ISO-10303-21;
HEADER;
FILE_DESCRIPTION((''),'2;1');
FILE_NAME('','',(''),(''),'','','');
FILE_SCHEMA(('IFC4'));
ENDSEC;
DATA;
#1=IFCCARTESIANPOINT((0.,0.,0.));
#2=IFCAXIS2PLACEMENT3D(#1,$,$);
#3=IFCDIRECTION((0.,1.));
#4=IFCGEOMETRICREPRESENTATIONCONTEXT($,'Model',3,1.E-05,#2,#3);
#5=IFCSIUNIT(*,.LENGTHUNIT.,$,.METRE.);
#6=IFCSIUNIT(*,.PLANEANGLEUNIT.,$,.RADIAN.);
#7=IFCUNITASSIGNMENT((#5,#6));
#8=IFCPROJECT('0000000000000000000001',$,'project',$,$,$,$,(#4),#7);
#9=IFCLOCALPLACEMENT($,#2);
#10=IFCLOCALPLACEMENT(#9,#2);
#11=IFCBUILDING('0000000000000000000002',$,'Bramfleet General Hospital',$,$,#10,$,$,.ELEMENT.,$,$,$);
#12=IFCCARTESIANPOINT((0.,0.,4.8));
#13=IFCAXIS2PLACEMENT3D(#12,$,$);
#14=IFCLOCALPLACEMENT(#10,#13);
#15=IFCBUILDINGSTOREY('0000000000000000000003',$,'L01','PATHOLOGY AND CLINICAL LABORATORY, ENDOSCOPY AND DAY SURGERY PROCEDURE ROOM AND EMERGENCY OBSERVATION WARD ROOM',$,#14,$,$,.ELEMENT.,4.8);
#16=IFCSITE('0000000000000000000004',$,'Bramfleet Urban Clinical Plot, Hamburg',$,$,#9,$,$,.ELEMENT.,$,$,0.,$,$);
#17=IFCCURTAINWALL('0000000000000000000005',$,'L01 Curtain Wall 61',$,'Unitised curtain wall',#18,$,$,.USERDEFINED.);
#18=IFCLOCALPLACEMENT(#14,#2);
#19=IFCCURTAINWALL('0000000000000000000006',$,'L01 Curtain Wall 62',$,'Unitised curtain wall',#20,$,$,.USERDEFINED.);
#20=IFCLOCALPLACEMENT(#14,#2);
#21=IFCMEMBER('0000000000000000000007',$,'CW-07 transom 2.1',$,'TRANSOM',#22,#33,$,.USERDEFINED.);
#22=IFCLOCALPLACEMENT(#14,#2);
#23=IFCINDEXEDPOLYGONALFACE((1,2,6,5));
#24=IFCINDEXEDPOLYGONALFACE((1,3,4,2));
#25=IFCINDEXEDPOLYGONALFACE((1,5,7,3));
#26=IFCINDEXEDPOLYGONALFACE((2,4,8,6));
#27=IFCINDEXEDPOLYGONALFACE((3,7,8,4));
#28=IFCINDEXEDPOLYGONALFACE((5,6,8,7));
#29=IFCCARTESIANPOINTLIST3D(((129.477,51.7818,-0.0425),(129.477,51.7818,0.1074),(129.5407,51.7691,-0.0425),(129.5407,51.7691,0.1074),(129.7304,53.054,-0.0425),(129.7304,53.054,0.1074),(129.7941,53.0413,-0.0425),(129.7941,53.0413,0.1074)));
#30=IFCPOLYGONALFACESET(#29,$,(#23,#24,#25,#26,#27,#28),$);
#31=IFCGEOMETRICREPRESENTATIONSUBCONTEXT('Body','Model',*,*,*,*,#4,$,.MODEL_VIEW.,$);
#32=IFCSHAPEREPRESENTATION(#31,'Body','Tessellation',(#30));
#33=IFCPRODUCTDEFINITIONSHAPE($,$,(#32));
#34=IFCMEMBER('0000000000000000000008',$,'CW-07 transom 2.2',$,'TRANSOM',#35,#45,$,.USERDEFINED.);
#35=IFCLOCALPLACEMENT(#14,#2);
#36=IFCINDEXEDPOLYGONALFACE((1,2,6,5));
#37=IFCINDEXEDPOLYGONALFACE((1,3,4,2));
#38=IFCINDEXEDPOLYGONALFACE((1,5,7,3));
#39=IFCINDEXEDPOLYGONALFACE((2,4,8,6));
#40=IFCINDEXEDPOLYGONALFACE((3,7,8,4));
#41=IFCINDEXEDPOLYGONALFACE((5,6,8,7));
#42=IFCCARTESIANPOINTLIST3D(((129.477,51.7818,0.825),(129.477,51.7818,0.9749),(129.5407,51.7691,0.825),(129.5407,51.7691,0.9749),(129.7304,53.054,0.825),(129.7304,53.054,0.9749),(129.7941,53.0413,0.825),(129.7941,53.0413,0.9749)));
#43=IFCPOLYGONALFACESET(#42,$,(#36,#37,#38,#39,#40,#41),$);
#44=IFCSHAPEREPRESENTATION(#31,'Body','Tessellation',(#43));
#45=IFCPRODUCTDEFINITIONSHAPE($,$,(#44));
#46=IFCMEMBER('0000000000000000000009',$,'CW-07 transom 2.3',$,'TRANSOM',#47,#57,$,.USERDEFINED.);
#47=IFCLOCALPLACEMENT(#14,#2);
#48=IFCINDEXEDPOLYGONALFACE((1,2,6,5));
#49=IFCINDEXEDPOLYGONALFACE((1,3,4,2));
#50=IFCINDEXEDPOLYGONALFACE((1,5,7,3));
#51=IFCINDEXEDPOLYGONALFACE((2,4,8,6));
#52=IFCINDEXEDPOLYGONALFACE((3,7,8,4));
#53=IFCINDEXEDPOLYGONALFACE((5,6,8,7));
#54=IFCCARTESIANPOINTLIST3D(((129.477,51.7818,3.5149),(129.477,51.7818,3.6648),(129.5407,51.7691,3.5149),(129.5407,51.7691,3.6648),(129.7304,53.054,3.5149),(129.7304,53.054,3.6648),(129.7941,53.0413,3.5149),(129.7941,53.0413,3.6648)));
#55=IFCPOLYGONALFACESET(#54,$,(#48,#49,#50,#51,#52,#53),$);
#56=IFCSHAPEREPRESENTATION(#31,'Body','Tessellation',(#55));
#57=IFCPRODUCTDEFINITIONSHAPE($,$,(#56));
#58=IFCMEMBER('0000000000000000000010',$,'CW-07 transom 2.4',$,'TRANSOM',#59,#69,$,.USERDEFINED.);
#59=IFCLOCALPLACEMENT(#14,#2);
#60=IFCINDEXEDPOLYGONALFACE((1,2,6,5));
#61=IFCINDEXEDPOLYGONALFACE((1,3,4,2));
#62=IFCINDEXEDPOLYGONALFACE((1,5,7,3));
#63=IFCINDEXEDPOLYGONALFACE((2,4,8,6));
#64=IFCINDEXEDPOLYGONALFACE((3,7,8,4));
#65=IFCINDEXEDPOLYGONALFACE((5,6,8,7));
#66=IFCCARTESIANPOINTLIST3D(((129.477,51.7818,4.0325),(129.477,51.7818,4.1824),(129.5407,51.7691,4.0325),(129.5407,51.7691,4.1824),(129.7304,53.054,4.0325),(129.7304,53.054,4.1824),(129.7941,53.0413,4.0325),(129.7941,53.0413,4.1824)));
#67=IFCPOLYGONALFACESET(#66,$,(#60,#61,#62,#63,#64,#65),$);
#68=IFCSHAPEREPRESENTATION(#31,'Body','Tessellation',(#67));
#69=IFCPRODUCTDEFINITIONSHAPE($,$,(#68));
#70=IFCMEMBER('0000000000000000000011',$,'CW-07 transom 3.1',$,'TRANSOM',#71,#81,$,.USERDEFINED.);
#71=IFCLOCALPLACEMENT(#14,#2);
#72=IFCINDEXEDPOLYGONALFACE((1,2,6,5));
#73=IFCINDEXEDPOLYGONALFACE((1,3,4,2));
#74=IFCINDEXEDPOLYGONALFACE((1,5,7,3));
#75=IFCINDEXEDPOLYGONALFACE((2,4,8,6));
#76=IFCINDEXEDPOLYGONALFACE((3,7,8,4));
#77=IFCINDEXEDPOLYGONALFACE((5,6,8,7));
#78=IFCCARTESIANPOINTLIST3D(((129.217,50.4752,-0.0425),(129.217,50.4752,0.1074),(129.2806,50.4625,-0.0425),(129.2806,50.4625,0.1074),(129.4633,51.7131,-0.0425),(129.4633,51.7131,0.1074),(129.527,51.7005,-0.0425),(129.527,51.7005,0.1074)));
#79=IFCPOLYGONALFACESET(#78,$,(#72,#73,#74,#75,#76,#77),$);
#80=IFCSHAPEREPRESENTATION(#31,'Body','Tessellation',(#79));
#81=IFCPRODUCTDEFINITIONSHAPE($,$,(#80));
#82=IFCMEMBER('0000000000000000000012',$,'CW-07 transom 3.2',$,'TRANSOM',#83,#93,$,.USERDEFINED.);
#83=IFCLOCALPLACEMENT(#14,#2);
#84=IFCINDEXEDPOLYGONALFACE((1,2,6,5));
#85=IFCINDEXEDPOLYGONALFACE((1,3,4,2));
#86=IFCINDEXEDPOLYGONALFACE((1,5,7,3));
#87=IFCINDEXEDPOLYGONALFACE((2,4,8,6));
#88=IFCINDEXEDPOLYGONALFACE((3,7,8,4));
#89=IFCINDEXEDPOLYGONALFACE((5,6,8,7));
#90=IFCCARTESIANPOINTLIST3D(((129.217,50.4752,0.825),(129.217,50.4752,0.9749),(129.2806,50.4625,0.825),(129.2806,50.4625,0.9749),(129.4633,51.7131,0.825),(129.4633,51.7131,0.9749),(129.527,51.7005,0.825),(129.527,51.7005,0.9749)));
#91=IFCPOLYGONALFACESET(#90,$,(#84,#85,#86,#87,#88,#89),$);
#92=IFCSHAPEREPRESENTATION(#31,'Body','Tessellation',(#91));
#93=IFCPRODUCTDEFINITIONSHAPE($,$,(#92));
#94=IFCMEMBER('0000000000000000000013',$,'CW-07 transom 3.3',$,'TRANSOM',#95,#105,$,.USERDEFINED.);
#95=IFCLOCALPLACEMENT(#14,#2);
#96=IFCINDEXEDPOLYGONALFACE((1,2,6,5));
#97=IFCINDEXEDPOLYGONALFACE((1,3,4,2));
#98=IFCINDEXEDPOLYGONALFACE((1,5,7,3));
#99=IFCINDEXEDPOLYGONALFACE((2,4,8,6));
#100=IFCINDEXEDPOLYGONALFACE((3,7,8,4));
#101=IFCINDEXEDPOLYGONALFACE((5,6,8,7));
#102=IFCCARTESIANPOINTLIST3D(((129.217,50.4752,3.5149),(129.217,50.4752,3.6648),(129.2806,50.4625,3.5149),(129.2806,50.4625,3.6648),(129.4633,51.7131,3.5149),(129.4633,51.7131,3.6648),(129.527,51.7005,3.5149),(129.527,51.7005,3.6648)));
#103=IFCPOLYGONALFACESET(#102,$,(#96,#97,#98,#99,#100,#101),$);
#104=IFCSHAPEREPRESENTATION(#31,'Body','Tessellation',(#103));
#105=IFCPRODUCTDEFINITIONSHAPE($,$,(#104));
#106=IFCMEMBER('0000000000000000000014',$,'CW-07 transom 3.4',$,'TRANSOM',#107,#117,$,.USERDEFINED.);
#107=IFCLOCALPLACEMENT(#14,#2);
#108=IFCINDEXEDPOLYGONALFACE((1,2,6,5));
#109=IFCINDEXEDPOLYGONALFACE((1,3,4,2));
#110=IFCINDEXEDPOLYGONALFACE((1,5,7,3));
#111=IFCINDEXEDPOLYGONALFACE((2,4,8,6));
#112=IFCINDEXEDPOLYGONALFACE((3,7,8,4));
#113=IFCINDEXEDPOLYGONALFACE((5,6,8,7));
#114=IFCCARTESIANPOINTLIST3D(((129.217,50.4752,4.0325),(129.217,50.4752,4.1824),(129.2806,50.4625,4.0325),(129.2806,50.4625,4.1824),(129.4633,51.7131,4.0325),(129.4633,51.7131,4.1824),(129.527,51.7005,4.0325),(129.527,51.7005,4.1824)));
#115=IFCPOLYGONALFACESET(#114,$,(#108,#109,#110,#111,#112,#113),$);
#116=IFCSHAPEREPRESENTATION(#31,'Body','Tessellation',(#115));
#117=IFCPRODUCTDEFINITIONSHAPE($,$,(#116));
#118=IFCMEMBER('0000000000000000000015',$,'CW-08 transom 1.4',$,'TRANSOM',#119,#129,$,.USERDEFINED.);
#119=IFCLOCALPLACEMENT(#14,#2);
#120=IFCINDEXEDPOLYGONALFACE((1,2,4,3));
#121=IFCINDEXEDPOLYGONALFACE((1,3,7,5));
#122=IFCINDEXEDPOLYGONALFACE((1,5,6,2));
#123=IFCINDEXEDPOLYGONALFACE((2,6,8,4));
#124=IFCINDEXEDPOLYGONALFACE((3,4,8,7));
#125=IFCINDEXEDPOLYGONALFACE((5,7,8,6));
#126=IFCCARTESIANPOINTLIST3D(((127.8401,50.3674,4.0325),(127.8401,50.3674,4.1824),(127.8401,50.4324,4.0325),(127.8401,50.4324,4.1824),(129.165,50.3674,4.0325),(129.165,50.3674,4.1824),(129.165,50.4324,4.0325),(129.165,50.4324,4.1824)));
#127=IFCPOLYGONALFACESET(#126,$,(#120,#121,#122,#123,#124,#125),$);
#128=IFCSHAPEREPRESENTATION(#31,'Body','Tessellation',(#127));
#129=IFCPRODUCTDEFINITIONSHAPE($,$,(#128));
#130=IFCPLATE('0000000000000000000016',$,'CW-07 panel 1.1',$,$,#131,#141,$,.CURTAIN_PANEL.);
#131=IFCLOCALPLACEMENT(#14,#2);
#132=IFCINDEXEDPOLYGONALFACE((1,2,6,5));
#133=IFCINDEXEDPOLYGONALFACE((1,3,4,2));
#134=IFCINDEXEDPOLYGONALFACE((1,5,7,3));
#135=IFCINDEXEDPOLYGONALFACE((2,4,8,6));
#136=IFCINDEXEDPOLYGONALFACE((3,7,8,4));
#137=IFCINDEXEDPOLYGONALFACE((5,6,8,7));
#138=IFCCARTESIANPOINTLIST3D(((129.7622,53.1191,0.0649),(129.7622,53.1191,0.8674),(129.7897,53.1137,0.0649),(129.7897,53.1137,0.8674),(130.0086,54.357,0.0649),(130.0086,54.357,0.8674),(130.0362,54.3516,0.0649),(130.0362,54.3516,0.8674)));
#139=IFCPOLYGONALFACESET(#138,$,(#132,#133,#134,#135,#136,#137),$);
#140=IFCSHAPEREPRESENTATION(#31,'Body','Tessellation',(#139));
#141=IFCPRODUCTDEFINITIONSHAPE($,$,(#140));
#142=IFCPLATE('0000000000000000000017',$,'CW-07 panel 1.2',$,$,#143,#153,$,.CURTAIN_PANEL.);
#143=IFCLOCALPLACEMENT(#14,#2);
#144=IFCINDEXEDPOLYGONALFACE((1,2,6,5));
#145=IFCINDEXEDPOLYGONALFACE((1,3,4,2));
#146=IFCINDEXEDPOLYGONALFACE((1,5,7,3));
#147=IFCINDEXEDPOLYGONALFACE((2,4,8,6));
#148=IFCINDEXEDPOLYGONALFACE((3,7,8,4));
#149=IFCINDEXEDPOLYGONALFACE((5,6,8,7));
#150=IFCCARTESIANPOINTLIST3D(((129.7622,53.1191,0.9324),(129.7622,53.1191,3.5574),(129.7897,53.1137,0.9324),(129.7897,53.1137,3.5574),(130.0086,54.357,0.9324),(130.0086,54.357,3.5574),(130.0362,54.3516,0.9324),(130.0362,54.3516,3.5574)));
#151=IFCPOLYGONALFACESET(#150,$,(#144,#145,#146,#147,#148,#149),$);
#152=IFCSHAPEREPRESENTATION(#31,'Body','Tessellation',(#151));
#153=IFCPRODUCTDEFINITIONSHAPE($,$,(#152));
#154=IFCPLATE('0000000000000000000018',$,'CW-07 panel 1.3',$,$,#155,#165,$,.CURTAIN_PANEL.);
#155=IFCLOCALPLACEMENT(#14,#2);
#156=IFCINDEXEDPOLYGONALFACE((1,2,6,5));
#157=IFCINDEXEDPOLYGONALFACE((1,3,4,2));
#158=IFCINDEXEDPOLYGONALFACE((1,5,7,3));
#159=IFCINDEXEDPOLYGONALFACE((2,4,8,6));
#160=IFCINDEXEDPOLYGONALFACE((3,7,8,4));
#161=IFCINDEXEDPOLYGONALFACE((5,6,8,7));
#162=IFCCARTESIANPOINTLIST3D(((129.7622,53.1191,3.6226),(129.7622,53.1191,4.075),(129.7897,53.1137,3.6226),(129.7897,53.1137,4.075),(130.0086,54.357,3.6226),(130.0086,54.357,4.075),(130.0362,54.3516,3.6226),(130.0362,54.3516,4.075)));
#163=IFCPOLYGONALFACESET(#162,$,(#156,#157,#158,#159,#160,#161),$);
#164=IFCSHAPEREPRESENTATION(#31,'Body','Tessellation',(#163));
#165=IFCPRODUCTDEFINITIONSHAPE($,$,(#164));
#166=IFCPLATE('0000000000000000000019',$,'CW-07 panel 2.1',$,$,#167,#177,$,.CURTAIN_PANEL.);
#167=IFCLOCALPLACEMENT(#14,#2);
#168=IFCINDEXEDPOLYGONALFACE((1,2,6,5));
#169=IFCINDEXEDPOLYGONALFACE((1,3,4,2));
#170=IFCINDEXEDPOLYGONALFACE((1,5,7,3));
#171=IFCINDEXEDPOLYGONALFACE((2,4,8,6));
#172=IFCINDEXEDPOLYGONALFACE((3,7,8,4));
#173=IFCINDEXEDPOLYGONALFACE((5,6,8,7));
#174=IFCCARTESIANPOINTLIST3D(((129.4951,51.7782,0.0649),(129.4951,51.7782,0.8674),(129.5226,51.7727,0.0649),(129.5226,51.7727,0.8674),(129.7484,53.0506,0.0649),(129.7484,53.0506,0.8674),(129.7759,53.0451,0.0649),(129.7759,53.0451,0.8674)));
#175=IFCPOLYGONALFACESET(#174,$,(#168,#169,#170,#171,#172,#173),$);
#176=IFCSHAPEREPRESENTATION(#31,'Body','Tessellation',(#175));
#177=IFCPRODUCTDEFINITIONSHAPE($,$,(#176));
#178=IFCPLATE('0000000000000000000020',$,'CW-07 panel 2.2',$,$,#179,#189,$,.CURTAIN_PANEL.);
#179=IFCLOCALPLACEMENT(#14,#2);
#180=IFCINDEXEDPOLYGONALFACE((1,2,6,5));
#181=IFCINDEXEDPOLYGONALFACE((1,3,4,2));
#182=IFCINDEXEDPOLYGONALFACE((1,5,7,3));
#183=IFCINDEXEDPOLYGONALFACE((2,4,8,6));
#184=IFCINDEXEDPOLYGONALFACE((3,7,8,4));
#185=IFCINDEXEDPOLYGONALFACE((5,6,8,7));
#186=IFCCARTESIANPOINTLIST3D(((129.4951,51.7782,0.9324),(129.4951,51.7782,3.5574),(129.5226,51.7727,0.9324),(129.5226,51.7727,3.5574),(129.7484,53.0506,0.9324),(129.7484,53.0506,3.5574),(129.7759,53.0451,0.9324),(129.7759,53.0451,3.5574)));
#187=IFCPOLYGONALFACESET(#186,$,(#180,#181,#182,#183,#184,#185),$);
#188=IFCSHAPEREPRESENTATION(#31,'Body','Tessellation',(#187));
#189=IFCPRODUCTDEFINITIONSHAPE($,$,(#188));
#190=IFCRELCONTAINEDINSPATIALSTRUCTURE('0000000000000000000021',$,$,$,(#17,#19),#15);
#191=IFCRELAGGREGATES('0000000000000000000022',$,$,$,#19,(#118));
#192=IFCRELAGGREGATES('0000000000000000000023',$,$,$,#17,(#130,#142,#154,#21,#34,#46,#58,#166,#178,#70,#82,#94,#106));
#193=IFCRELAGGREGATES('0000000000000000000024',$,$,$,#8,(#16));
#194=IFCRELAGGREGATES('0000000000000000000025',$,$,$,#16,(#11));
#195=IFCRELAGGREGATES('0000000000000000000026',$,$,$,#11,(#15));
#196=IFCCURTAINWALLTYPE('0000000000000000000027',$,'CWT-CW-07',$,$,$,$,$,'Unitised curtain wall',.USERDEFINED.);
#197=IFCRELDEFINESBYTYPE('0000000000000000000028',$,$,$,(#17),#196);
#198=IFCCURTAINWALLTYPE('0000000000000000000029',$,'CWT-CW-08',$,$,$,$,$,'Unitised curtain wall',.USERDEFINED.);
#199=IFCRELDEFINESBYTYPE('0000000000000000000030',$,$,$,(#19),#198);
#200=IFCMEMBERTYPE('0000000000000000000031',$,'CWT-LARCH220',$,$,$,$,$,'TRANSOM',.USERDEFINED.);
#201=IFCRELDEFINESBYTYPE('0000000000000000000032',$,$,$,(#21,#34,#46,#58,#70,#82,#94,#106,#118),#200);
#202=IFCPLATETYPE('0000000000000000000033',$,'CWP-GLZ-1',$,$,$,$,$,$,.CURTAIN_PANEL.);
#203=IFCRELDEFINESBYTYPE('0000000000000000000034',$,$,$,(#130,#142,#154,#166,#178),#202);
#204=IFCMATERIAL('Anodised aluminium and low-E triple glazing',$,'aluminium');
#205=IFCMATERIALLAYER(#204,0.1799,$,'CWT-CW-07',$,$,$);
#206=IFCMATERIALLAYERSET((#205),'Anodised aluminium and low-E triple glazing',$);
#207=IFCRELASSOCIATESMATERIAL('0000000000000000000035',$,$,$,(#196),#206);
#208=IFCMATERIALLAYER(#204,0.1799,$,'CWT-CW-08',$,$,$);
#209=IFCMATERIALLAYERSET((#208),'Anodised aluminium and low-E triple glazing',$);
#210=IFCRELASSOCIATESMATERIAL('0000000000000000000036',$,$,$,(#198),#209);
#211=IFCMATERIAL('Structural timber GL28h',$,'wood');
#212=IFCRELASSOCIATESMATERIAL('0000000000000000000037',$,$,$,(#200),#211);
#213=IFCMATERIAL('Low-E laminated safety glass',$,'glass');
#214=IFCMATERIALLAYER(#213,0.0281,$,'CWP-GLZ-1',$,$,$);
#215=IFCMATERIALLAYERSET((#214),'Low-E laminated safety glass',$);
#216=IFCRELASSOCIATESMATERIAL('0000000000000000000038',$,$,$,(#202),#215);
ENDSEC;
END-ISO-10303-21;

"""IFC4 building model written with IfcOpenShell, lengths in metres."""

from ifc_helpers import new_model, si_unit, direction, frame, origin, origin_2d, place, context, subcontext, project, spatial, rectangle, extrude, material, layer, layer_set, material_profile, profile_set, type_object, element, aggregate, save


model = new_model("IFC4")

# Units and contexts
model_context = context("Model", 3, precision=1e-05, world=origin(), true_north=direction((0.0, 1.0)))
body_context = subcontext(model_context, "Body", "Model", "MODEL_VIEW")
ifc_project = project(units=[si_unit("LENGTHUNIT", "METRE"), si_unit("PLANEANGLEUNIT", "RADIAN")], contexts=[model_context])

# Site, building, storey
site_placement = place(None, origin())
site = spatial("IfcSite", under=ifc_project, at=site_placement, Name="Bramfleet Urban Clinical Plot, Hamburg", CompositionType="ELEMENT", RefElevation=0.0)
building_placement = place(site_placement, origin())
building = spatial("IfcBuilding", under=site, at=building_placement, Name="Bramfleet General Hospital", CompositionType="ELEMENT")
storey_placement = place(building_placement, frame((0.0, 0.0, 4.8)))
storey = spatial("IfcBuildingStorey", under=building, at=storey_placement, Name="L01", Description="PATHOLOGY AND CLINICAL LABORATORY, ENDOSCOPY AND DAY SURGERY PROCEDURE ROOM AND EMERGENCY OBSERVATION WARD ROOM", CompositionType="ELEMENT", Elevation=4.8)

# Shared definitions
ifc_material_1 = material(Name="Anodised aluminium and low-E triple glazing", Category="aluminium")
ifc_material_2 = material(Name="Structural timber GL28h", Category="wood")

# Curtain wall
ifc_layer_1 = layer(ifc_material_1, 0.1799, Name="CWT-CW-07")
ifc_layer_set_1 = layer_set([ifc_layer_1], Name="Anodised aluminium and low-E triple glazing")
curtain_wall_type_1 = type_object("IfcCurtainWallType", Name="CWT-CW-07", ElementType="Unitised curtain wall", PredefinedType="USERDEFINED", material=ifc_layer_set_1)
curtain_wall_1_placement = place(storey_placement, origin())
curtain_wall_1 = element("IfcCurtainWall", 1, at=curtain_wall_1_placement, inside=storey, type_object=curtain_wall_type_1, Name="L01 Curtain Wall 61", ObjectType="Unitised curtain wall", PredefinedType="USERDEFINED")

# Curtain wall
ifc_layer_2 = layer(ifc_material_1, 0.1799, Name="CWT-CW-08")
ifc_layer_set_2 = layer_set([ifc_layer_2], Name="Anodised aluminium and low-E triple glazing")
curtain_wall_type_2 = type_object("IfcCurtainWallType", Name="CWT-CW-08", ElementType="Unitised curtain wall", PredefinedType="USERDEFINED", material=ifc_layer_set_2)
curtain_wall_2_placement = place(storey_placement, origin())
curtain_wall_2 = element("IfcCurtainWall", 2, at=curtain_wall_2_placement, inside=storey, type_object=curtain_wall_type_2, Name="L01 Curtain Wall 62", ObjectType="Unitised curtain wall", PredefinedType="USERDEFINED")

# Members
ifc_material_profile_1 = material_profile(ifc_material_2, rectangle(XDim=0.0649, YDim=0.1499, at=origin_2d()), Name="LARCH 150x65")
ifc_profile_set_1 = profile_set([ifc_material_profile_1], Name="Structural timber GL28h")
member_type_1 = type_object("IfcMemberType", Name="CWT-LARCH220", ElementType="TRANSOM", PredefinedType="USERDEFINED", material=ifc_profile_set_1)
member_1_placement = place(storey_placement, frame((129.7622, 53.0476, 0.0325), z_axis=(-0.195356, -0.980732, 0.0), x_axis=(0.980732, -0.195356, 0.0)))
member_1 = element("IfcMember", 3, at=member_1_placement, type_object=member_type_1, Name="CW-07 transom 2.1", ObjectType="TRANSOM", PredefinedType="USERDEFINED", context=body_context, shape_type="SweptSolid", body=[
    extrude(rectangle(XDim=0.0649, YDim=0.1499, at=origin_2d()), origin(), (0.0, 0.0, 1.0), 1.2971),
])
member_2_placement = place(storey_placement, frame((129.7622, 53.0476, 0.8999), z_axis=(-0.195356, -0.980732, 0.0), x_axis=(0.980732, -0.195356, 0.0)))
member_2 = element("IfcMember", 4, at=member_2_placement, type_object=member_type_1, Name="CW-07 transom 2.2", ObjectType="TRANSOM", PredefinedType="USERDEFINED", context=body_context, shape_type="SweptSolid", body=[
    extrude(rectangle(XDim=0.0649, YDim=0.1499, at=origin_2d()), origin(), (0.0, 0.0, 1.0), 1.2971),
])
member_3_placement = place(storey_placement, frame((129.7622, 53.0476, 3.5898), z_axis=(-0.195356, -0.980732, 0.0), x_axis=(0.980732, -0.195356, 0.0)))
member_3 = element("IfcMember", 5, at=member_3_placement, type_object=member_type_1, Name="CW-07 transom 2.3", ObjectType="TRANSOM", PredefinedType="USERDEFINED", context=body_context, shape_type="SweptSolid", body=[
    extrude(rectangle(XDim=0.0649, YDim=0.1499, at=origin_2d()), origin(), (0.0, 0.0, 1.0), 1.2971),
])
member_4_placement = place(storey_placement, frame((129.7622, 53.0476, 4.1074), z_axis=(-0.195356, -0.980732, 0.0), x_axis=(0.980732, -0.195356, 0.0)))
member_4 = element("IfcMember", 6, at=member_4_placement, type_object=member_type_1, Name="CW-07 transom 2.4", ObjectType="TRANSOM", PredefinedType="USERDEFINED", context=body_context, shape_type="SweptSolid", body=[
    extrude(rectangle(XDim=0.0649, YDim=0.1499, at=origin_2d()), origin(), (0.0, 0.0, 1.0), 1.2971),
])
member_5_placement = place(storey_placement, frame((129.4951, 51.7068, 0.0325), z_axis=(-0.195149, -0.980774, 0.0), x_axis=(0.980774, -0.195149, 0.0)))
member_5 = element("IfcMember", 7, at=member_5_placement, type_object=member_type_1, Name="CW-07 transom 3.1", ObjectType="TRANSOM", PredefinedType="USERDEFINED", context=body_context, shape_type="SweptSolid", body=[
    extrude(rectangle(XDim=0.0649, YDim=0.1499, at=origin_2d()), origin(), (0.0, 0.0, 1.0), 1.2622),
])
member_6_placement = place(storey_placement, frame((129.4951, 51.7068, 0.8999), z_axis=(-0.195149, -0.980774, 0.0), x_axis=(0.980774, -0.195149, 0.0)))
member_6 = element("IfcMember", 8, at=member_6_placement, type_object=member_type_1, Name="CW-07 transom 3.2", ObjectType="TRANSOM", PredefinedType="USERDEFINED", context=body_context, shape_type="SweptSolid", body=[
    extrude(rectangle(XDim=0.0649, YDim=0.1499, at=origin_2d()), origin(), (0.0, 0.0, 1.0), 1.2622),
])
member_7_placement = place(storey_placement, frame((129.4951, 51.7068, 3.5898), z_axis=(-0.195149, -0.980774, 0.0), x_axis=(0.980774, -0.195149, 0.0)))
member_7 = element("IfcMember", 9, at=member_7_placement, type_object=member_type_1, Name="CW-07 transom 3.3", ObjectType="TRANSOM", PredefinedType="USERDEFINED", context=body_context, shape_type="SweptSolid", body=[
    extrude(rectangle(XDim=0.0649, YDim=0.1499, at=origin_2d()), origin(), (0.0, 0.0, 1.0), 1.2622),
])
member_8_placement = place(storey_placement, frame((129.4951, 51.7068, 4.1074), z_axis=(-0.195149, -0.980774, 0.0), x_axis=(0.980774, -0.195149, 0.0)))
member_8 = element("IfcMember", 10, at=member_8_placement, type_object=member_type_1, Name="CW-07 transom 3.4", ObjectType="TRANSOM", PredefinedType="USERDEFINED", context=body_context, shape_type="SweptSolid", body=[
    extrude(rectangle(XDim=0.0649, YDim=0.1499, at=origin_2d()), origin(), (0.0, 0.0, 1.0), 1.2622),
])
member_9_placement = place(storey_placement, frame((129.165, 50.3999, 4.1074), z_axis=(-1.0, 0.0, 0.0), x_axis=(0.0, -1.0, 0.0)))
member_9 = element("IfcMember", 11, at=member_9_placement, type_object=member_type_1, Name="CW-08 transom 1.4", ObjectType="TRANSOM", PredefinedType="USERDEFINED", context=body_context, shape_type="SweptSolid", body=[
    extrude(rectangle(XDim=0.0649, YDim=0.1499, at=origin_2d()), origin(), (0.0, 0.0, 1.0), 1.325),
])
aggregate(curtain_wall_2, [member_9])

# Plates
ifc_material_3 = material(Name="Low-E laminated safety glass", Category="glass")
ifc_layer_3 = layer(ifc_material_3, 0.0281, Name="CWP-GLZ-1")
ifc_layer_set_3 = layer_set([ifc_layer_3], Name="Low-E laminated safety glass")
plate_type_1 = type_object("IfcPlateType", Name="CWP-GLZ-1", PredefinedType="CURTAIN_PANEL", material=ifc_layer_set_3)
plate_1_placement = place(storey_placement, frame((129.8992, 53.7354, 0.0649), z_axis=(0.0, 0.0, 1.0), x_axis=(-0.195272, -0.980749, 0.0)))
plate_1 = element("IfcPlate", 12, at=plate_1_placement, type_object=plate_type_1, Name="CW-07 panel 1.1", PredefinedType="CURTAIN_PANEL", context=body_context, shape_type="SweptSolid", body=[
    extrude(rectangle(XDim=1.2622, YDim=0.0281, at=origin_2d()), origin(), (0.0, 0.0, 1.0), 0.8025),
])
plate_2_placement = place(storey_placement, frame((129.8992, 53.7354, 0.9324), z_axis=(0.0, 0.0, 1.0), x_axis=(-0.195272, -0.980749, 0.0)))
plate_2 = element("IfcPlate", 13, at=plate_2_placement, type_object=plate_type_1, Name="CW-07 panel 1.2", PredefinedType="CURTAIN_PANEL", context=body_context, shape_type="SweptSolid", body=[
    extrude(rectangle(XDim=1.2622, YDim=0.0281, at=origin_2d()), origin(), (0.0, 0.0, 1.0), 2.625),
])
plate_3_placement = place(storey_placement, frame((129.8992, 53.7354, 3.6226), z_axis=(0.0, 0.0, 1.0), x_axis=(-0.195272, -0.980749, 0.0)))
plate_3 = element("IfcPlate", 14, at=plate_3_placement, type_object=plate_type_1, Name="CW-07 panel 1.3", PredefinedType="CURTAIN_PANEL", context=body_context, shape_type="SweptSolid", body=[
    extrude(rectangle(XDim=1.2622, YDim=0.0281, at=origin_2d()), origin(), (0.0, 0.0, 1.0), 0.4524),
])
plate_4_placement = place(storey_placement, frame((129.6355, 52.4116, 0.0649), z_axis=(0.0, 0.0, 1.0), x_axis=(-0.195272, -0.980749, 0.0)))
plate_4 = element("IfcPlate", 15, at=plate_4_placement, type_object=plate_type_1, Name="CW-07 panel 2.1", PredefinedType="CURTAIN_PANEL", context=body_context, shape_type="SweptSolid", body=[
    extrude(rectangle(XDim=1.2974, YDim=0.0281, at=origin_2d()), origin(), (0.0, 0.0, 1.0), 0.8025),
])
plate_5_placement = place(storey_placement, frame((129.6355, 52.4116, 0.9324), z_axis=(0.0, 0.0, 1.0), x_axis=(-0.195272, -0.980749, 0.0)))
plate_5 = element("IfcPlate", 16, at=plate_5_placement, type_object=plate_type_1, Name="CW-07 panel 2.2", PredefinedType="CURTAIN_PANEL", context=body_context, shape_type="SweptSolid", body=[
    extrude(rectangle(XDim=1.2974, YDim=0.0281, at=origin_2d()), origin(), (0.0, 0.0, 1.0), 2.625),
])
aggregate(curtain_wall_1, [plate_1, plate_2, plate_3, member_1, member_2, member_3, member_4, plate_4, plate_5, member_5, member_6, member_7, member_8])

save(model, "model.ifc")
